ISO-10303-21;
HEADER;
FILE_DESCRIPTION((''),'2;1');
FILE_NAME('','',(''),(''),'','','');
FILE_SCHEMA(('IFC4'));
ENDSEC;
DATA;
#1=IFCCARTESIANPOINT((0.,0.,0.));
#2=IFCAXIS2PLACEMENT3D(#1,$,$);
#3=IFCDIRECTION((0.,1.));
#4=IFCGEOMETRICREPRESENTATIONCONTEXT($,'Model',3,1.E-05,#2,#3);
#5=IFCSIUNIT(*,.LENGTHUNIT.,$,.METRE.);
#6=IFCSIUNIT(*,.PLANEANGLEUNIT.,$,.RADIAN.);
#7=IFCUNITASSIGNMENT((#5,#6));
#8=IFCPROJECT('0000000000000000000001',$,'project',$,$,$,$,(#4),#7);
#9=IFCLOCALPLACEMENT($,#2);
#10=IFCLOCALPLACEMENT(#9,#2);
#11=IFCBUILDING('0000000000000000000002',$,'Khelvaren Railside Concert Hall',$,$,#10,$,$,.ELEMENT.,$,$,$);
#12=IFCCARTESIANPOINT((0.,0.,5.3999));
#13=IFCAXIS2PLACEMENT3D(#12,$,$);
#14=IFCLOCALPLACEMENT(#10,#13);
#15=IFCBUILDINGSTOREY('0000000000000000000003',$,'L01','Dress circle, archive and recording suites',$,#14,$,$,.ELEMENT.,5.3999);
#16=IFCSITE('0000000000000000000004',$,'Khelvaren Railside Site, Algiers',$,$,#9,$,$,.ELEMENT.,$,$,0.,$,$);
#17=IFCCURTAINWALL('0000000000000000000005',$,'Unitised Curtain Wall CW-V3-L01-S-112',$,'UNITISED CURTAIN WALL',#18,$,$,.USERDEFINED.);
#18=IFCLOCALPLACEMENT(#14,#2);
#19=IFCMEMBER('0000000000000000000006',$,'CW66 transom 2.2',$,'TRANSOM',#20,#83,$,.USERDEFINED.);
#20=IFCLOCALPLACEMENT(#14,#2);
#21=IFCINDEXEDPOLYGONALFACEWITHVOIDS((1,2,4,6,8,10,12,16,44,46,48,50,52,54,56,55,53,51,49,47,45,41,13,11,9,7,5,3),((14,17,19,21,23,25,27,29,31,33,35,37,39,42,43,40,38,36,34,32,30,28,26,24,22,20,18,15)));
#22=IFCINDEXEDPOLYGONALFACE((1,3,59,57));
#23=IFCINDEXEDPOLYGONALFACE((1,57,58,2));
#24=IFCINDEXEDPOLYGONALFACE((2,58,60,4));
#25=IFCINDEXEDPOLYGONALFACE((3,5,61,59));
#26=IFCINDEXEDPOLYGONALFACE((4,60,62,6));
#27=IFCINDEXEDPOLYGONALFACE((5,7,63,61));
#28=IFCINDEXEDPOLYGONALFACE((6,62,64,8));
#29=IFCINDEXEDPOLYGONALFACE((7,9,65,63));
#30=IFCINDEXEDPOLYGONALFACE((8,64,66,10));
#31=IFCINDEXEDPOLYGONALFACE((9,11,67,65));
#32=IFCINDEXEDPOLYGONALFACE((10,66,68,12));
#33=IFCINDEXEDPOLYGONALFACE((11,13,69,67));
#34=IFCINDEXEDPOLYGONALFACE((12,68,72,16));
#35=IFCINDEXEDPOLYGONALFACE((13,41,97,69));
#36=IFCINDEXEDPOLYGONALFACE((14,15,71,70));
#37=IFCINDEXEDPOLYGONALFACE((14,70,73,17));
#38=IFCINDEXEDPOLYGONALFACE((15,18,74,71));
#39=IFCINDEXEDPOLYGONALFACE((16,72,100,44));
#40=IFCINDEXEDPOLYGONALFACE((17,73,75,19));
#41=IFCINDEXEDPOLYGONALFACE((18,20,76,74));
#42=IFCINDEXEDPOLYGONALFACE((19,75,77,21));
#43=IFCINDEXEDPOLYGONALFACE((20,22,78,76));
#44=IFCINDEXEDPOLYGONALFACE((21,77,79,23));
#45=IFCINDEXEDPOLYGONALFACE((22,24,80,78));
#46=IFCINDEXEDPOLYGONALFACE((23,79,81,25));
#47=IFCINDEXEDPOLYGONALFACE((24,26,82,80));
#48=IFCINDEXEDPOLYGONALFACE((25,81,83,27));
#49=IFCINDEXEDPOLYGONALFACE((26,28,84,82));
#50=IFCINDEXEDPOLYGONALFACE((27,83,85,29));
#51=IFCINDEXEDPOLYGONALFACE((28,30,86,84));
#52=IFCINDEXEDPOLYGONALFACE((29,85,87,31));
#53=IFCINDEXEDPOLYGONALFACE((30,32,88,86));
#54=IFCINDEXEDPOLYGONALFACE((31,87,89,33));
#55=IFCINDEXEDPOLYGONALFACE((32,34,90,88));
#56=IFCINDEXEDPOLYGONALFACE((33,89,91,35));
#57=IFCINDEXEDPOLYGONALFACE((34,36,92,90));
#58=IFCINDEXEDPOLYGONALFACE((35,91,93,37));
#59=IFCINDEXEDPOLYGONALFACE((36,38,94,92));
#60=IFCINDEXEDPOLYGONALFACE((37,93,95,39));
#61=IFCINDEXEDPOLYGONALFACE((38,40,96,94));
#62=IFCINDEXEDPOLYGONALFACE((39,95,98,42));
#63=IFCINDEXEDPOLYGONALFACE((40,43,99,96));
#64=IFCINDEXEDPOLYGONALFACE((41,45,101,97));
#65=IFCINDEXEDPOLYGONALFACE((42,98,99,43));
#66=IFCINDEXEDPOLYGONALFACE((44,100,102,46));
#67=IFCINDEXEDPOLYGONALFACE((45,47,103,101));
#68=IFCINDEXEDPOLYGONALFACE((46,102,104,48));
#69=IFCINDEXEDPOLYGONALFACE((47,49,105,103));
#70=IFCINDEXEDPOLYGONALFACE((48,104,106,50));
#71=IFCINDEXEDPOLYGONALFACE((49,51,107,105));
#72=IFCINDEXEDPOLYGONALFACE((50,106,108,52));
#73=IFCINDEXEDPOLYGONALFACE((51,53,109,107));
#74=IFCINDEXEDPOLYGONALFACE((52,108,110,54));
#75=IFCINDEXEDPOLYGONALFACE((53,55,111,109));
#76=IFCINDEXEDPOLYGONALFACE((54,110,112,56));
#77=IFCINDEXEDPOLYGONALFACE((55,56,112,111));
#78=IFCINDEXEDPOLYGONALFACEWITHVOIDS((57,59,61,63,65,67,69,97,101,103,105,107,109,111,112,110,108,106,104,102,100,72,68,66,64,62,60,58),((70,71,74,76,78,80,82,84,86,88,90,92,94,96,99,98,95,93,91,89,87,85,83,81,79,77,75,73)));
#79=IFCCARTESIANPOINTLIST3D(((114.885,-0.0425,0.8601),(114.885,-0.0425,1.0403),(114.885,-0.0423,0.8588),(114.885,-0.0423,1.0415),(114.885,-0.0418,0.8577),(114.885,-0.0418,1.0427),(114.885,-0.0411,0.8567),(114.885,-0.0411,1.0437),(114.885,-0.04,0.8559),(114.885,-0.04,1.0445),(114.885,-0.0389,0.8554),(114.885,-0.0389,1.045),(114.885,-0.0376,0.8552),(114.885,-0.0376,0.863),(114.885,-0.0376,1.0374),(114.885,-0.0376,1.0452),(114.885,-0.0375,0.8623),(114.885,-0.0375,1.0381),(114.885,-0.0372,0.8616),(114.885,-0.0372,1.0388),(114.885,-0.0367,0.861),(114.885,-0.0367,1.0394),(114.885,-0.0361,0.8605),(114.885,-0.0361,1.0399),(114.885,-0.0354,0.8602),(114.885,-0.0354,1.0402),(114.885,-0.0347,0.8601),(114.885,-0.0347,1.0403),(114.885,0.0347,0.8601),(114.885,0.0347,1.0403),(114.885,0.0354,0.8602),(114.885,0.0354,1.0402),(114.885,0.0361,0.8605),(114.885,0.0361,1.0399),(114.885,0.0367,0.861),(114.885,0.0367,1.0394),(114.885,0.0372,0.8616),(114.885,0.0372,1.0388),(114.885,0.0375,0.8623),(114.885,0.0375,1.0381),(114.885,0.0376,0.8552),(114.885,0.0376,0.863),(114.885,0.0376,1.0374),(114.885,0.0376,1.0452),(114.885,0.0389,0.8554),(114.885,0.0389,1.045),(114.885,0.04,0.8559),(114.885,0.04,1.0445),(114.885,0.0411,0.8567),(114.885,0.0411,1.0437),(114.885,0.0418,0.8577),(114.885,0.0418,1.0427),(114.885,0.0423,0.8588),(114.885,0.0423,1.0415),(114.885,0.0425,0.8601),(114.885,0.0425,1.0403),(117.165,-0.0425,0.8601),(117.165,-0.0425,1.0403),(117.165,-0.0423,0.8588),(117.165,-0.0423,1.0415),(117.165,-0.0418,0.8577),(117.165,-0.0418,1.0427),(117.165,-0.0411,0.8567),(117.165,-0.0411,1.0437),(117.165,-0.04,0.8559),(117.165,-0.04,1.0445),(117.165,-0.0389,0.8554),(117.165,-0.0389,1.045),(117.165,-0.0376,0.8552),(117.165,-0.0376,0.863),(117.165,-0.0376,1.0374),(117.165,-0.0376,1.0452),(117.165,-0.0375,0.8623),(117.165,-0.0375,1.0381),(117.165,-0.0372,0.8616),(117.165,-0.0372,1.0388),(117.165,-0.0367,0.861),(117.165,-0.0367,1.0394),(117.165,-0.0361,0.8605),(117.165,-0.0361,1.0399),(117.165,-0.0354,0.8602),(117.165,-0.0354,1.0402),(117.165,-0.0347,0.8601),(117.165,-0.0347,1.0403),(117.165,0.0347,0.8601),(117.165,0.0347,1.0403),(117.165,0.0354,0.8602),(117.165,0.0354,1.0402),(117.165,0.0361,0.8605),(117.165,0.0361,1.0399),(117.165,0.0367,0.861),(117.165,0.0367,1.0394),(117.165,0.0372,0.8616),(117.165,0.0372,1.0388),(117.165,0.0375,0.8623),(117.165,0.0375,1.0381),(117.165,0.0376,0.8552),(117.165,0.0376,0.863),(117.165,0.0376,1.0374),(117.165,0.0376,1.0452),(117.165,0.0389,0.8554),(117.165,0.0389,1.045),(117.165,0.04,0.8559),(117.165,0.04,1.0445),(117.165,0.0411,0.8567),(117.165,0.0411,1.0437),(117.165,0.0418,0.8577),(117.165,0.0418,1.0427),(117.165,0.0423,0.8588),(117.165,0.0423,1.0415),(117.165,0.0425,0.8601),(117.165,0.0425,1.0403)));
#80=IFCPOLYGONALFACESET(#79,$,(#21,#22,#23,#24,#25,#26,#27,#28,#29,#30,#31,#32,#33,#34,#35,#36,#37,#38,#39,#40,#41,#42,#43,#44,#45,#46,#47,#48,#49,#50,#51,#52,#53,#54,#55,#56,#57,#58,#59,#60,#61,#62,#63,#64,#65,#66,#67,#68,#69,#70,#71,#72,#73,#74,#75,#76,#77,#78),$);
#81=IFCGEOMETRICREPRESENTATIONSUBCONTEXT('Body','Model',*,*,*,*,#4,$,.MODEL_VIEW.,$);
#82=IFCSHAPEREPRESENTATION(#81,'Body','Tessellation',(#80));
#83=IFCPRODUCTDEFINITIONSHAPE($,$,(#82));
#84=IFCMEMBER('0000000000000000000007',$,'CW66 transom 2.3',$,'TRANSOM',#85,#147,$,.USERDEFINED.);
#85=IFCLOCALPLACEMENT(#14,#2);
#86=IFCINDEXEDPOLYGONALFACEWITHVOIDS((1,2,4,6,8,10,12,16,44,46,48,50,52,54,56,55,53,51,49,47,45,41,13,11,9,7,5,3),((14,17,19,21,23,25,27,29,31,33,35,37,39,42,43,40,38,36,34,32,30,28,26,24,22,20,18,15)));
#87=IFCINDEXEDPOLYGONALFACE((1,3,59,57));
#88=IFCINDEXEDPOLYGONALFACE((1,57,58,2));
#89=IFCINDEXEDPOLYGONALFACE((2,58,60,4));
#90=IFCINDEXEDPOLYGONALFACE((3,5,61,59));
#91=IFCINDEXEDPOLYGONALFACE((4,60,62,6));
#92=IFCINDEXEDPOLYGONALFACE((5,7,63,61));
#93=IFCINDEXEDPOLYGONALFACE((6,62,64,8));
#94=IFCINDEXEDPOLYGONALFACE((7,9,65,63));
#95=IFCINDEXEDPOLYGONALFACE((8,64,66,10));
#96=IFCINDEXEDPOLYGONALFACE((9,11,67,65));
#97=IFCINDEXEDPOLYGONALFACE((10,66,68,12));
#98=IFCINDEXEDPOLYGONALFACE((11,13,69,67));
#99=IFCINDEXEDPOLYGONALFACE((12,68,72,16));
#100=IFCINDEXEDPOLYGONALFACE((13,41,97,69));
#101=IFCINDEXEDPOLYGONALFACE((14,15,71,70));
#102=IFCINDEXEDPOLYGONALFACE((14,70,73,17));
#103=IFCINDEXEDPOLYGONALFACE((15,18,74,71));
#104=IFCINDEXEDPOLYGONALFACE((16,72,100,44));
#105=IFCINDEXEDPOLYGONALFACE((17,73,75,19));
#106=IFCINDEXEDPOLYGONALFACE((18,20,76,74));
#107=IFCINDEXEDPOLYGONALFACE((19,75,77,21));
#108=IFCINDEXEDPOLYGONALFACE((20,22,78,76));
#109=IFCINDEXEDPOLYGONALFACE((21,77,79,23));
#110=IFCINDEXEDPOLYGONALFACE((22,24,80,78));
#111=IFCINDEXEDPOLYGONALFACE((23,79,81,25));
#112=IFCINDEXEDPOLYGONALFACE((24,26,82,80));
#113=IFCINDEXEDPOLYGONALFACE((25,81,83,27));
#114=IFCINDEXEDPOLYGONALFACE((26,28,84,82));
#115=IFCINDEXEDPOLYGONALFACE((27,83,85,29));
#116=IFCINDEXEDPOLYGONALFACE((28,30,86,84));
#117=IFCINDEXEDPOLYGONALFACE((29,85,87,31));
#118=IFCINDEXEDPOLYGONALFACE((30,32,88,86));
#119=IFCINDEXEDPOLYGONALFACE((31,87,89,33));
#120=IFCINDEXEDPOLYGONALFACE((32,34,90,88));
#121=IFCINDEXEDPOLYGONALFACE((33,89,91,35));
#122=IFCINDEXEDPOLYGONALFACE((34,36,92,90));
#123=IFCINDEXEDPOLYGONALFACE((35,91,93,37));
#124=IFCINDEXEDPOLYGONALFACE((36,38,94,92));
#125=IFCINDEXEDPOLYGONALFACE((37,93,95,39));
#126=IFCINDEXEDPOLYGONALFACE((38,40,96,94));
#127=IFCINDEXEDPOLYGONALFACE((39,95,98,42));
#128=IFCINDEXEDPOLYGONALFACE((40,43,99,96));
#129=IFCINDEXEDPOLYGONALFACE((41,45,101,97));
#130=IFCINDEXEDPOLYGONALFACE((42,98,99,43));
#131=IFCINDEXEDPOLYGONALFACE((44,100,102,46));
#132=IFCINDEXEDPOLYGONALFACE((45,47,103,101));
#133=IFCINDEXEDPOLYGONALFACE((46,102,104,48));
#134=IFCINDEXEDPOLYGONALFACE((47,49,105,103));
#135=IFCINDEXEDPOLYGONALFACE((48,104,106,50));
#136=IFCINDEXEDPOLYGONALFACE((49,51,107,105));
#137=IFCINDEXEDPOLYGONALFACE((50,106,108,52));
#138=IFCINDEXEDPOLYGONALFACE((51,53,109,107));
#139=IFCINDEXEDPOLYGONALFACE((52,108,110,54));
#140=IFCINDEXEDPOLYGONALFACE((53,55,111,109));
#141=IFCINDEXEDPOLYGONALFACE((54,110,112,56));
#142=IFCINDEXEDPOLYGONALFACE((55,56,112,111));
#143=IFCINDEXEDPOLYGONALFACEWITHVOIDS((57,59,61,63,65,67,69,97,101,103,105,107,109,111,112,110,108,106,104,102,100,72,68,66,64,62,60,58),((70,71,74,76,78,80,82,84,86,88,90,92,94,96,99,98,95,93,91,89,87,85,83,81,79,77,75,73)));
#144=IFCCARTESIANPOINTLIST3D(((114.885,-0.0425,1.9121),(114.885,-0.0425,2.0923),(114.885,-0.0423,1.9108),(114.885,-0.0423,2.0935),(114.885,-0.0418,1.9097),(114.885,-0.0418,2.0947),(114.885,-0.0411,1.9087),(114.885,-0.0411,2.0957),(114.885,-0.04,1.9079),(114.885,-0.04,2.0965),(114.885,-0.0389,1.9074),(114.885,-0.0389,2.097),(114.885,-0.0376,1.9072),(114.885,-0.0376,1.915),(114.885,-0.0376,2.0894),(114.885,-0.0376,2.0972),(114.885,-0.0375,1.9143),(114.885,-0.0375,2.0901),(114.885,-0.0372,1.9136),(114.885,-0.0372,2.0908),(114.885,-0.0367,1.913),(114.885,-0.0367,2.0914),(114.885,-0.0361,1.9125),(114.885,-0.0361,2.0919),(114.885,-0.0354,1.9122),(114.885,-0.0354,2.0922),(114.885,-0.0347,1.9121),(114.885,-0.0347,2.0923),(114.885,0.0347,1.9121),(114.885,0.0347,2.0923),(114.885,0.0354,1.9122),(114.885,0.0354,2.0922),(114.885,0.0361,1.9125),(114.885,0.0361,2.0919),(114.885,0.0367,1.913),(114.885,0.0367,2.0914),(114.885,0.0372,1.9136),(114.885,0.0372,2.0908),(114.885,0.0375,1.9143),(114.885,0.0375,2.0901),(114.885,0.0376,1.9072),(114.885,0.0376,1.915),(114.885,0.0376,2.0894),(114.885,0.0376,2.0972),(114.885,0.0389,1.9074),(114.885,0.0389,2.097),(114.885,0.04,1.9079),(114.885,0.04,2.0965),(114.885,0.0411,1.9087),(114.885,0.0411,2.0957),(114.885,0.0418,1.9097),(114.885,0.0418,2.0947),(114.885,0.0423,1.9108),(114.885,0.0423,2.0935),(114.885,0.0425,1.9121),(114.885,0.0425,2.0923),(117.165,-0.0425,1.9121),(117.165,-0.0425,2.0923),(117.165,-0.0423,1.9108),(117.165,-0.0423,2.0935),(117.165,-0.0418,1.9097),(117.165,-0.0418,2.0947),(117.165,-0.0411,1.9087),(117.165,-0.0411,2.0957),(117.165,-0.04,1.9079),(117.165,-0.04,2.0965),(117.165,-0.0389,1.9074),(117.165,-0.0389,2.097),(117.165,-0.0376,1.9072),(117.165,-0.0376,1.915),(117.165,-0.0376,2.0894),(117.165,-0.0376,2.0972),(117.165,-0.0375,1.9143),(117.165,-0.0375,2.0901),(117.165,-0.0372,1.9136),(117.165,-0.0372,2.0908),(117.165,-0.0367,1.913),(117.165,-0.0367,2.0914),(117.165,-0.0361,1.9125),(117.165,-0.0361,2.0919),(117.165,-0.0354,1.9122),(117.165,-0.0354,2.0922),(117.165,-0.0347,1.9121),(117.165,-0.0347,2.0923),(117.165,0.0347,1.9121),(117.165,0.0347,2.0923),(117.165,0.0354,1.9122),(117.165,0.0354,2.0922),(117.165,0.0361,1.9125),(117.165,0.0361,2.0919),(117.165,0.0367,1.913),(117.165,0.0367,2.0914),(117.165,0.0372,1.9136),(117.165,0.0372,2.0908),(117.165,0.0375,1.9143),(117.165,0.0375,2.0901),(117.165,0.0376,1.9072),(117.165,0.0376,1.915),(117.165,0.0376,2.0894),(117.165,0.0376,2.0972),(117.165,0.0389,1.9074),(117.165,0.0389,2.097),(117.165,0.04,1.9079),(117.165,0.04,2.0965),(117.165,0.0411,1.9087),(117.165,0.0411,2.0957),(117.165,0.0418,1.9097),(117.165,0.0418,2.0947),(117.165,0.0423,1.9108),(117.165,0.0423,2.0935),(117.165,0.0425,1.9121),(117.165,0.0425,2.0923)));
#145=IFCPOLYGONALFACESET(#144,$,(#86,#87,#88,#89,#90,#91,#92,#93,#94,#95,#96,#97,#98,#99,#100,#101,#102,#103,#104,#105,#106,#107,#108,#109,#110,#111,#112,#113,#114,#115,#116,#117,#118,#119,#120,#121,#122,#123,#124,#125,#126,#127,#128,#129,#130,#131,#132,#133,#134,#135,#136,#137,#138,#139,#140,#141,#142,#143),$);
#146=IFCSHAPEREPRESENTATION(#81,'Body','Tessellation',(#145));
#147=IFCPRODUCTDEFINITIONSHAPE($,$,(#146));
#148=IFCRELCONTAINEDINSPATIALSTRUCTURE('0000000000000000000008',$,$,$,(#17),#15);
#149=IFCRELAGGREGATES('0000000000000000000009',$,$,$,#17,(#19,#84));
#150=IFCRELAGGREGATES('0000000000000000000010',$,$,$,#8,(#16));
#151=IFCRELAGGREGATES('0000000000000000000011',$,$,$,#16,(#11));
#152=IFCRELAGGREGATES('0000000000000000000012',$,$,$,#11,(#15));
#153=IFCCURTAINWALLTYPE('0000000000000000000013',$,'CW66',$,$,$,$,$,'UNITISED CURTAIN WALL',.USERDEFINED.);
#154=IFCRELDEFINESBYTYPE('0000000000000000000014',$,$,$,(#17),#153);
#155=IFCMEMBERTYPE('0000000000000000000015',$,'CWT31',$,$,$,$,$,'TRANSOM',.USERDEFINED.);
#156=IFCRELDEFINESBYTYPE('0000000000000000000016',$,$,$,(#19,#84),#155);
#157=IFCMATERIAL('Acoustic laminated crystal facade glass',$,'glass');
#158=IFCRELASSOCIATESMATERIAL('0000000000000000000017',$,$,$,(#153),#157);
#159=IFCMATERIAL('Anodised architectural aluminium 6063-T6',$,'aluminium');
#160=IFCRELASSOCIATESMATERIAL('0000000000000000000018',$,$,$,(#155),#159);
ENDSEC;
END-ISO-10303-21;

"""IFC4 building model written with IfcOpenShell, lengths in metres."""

from ifc_helpers import new_model, si_unit, direction, frame, origin, origin_2d, place, context, subcontext, project, spatial, hollow_rectangle, extrude, material, material_profile, profile_set, type_object, element, aggregate, save


model = new_model("IFC4")

# Units and contexts
model_context = context("Model", 3, precision=1e-05, world=origin(), true_north=direction((0.0, 1.0)))
body_context = subcontext(model_context, "Body", "Model", "MODEL_VIEW")
ifc_project = project(units=[si_unit("LENGTHUNIT", "METRE"), si_unit("PLANEANGLEUNIT", "RADIAN")], contexts=[model_context])

# Site, building, storey
site_placement = place(None, origin())
site = spatial("IfcSite", under=ifc_project, at=site_placement, Name="Khelvaren Railside Site, Algiers", CompositionType="ELEMENT", RefElevation=0.0)
building_placement = place(site_placement, origin())
building = spatial("IfcBuilding", under=site, at=building_placement, Name="Khelvaren Railside Concert Hall", CompositionType="ELEMENT")
storey_placement = place(building_placement, frame((0.0, 0.0, 5.3999)))
storey = spatial("IfcBuildingStorey", under=building, at=storey_placement, Name="L01", Description="Dress circle, archive and recording suites", CompositionType="ELEMENT", Elevation=5.3999)

# Curtain wall, members
ifc_material_1 = material(Name="Acoustic laminated crystal facade glass", Category="glass")
curtain_wall_type = type_object("IfcCurtainWallType", Name="CW66", ElementType="UNITISED CURTAIN WALL", PredefinedType="USERDEFINED", material=ifc_material_1)
curtain_wall_placement = place(storey_placement, origin())
curtain_wall = element("IfcCurtainWall", 1, at=curtain_wall_placement, inside=storey, type_object=curtain_wall_type, Name="Unitised Curtain Wall CW-V3-L01-S-112", ObjectType="UNITISED CURTAIN WALL", PredefinedType="USERDEFINED")
ifc_material_2 = material(Name="Anodised architectural aluminium 6063-T6", Category="aluminium")
ifc_material_profile_1 = material_profile(ifc_material_2, hollow_rectangle(XDim=0.085, YDim=0.1899, WallThickness=0.0049, InnerFilletRadius=0.0029, OuterFilletRadius=0.0049, at=origin_2d()), Name="CWT 85x190x5")
ifc_profile_set_1 = profile_set([ifc_material_profile_1], Name="Anodised architectural aluminium 6063-T6")
member_type_1 = type_object("IfcMemberType", Name="CWT31", ElementType="TRANSOM", PredefinedType="USERDEFINED", material=ifc_profile_set_1)
member_1_placement = place(storey_placement, frame((117.165, 0.0, 0.9502), z_axis=(-1.0, 0.0, 0.0), x_axis=(0.0, -1.0, 0.0)))
member_1 = element("IfcMember", 2, at=member_1_placement, type_object=member_type_1, Name="CW66 transom 2.2", ObjectType="TRANSOM", PredefinedType="USERDEFINED", context=body_context, shape_type="SweptSolid", body=[
    extrude(hollow_rectangle(XDim=0.085, YDim=0.1899, WallThickness=0.0049, InnerFilletRadius=0.0029, OuterFilletRadius=0.0049, at=origin_2d()), origin(), (0.0, 0.0, 1.0), 2.28),
])
member_2_placement = place(storey_placement, frame((117.165, 0.0, 2.0022), z_axis=(-1.0, 0.0, 0.0), x_axis=(0.0, -1.0, 0.0)))
member_2 = element("IfcMember", 3, at=member_2_placement, type_object=member_type_1, Name="CW66 transom 2.3", ObjectType="TRANSOM", PredefinedType="USERDEFINED", context=body_context, shape_type="SweptSolid", body=[
    extrude(hollow_rectangle(XDim=0.085, YDim=0.1899, WallThickness=0.0049, InnerFilletRadius=0.0029, OuterFilletRadius=0.0049, at=origin_2d()), origin(), (0.0, 0.0, 1.0), 2.28),
])

aggregate(curtain_wall, [member_1, member_2])

save(model, "model.ifc")
